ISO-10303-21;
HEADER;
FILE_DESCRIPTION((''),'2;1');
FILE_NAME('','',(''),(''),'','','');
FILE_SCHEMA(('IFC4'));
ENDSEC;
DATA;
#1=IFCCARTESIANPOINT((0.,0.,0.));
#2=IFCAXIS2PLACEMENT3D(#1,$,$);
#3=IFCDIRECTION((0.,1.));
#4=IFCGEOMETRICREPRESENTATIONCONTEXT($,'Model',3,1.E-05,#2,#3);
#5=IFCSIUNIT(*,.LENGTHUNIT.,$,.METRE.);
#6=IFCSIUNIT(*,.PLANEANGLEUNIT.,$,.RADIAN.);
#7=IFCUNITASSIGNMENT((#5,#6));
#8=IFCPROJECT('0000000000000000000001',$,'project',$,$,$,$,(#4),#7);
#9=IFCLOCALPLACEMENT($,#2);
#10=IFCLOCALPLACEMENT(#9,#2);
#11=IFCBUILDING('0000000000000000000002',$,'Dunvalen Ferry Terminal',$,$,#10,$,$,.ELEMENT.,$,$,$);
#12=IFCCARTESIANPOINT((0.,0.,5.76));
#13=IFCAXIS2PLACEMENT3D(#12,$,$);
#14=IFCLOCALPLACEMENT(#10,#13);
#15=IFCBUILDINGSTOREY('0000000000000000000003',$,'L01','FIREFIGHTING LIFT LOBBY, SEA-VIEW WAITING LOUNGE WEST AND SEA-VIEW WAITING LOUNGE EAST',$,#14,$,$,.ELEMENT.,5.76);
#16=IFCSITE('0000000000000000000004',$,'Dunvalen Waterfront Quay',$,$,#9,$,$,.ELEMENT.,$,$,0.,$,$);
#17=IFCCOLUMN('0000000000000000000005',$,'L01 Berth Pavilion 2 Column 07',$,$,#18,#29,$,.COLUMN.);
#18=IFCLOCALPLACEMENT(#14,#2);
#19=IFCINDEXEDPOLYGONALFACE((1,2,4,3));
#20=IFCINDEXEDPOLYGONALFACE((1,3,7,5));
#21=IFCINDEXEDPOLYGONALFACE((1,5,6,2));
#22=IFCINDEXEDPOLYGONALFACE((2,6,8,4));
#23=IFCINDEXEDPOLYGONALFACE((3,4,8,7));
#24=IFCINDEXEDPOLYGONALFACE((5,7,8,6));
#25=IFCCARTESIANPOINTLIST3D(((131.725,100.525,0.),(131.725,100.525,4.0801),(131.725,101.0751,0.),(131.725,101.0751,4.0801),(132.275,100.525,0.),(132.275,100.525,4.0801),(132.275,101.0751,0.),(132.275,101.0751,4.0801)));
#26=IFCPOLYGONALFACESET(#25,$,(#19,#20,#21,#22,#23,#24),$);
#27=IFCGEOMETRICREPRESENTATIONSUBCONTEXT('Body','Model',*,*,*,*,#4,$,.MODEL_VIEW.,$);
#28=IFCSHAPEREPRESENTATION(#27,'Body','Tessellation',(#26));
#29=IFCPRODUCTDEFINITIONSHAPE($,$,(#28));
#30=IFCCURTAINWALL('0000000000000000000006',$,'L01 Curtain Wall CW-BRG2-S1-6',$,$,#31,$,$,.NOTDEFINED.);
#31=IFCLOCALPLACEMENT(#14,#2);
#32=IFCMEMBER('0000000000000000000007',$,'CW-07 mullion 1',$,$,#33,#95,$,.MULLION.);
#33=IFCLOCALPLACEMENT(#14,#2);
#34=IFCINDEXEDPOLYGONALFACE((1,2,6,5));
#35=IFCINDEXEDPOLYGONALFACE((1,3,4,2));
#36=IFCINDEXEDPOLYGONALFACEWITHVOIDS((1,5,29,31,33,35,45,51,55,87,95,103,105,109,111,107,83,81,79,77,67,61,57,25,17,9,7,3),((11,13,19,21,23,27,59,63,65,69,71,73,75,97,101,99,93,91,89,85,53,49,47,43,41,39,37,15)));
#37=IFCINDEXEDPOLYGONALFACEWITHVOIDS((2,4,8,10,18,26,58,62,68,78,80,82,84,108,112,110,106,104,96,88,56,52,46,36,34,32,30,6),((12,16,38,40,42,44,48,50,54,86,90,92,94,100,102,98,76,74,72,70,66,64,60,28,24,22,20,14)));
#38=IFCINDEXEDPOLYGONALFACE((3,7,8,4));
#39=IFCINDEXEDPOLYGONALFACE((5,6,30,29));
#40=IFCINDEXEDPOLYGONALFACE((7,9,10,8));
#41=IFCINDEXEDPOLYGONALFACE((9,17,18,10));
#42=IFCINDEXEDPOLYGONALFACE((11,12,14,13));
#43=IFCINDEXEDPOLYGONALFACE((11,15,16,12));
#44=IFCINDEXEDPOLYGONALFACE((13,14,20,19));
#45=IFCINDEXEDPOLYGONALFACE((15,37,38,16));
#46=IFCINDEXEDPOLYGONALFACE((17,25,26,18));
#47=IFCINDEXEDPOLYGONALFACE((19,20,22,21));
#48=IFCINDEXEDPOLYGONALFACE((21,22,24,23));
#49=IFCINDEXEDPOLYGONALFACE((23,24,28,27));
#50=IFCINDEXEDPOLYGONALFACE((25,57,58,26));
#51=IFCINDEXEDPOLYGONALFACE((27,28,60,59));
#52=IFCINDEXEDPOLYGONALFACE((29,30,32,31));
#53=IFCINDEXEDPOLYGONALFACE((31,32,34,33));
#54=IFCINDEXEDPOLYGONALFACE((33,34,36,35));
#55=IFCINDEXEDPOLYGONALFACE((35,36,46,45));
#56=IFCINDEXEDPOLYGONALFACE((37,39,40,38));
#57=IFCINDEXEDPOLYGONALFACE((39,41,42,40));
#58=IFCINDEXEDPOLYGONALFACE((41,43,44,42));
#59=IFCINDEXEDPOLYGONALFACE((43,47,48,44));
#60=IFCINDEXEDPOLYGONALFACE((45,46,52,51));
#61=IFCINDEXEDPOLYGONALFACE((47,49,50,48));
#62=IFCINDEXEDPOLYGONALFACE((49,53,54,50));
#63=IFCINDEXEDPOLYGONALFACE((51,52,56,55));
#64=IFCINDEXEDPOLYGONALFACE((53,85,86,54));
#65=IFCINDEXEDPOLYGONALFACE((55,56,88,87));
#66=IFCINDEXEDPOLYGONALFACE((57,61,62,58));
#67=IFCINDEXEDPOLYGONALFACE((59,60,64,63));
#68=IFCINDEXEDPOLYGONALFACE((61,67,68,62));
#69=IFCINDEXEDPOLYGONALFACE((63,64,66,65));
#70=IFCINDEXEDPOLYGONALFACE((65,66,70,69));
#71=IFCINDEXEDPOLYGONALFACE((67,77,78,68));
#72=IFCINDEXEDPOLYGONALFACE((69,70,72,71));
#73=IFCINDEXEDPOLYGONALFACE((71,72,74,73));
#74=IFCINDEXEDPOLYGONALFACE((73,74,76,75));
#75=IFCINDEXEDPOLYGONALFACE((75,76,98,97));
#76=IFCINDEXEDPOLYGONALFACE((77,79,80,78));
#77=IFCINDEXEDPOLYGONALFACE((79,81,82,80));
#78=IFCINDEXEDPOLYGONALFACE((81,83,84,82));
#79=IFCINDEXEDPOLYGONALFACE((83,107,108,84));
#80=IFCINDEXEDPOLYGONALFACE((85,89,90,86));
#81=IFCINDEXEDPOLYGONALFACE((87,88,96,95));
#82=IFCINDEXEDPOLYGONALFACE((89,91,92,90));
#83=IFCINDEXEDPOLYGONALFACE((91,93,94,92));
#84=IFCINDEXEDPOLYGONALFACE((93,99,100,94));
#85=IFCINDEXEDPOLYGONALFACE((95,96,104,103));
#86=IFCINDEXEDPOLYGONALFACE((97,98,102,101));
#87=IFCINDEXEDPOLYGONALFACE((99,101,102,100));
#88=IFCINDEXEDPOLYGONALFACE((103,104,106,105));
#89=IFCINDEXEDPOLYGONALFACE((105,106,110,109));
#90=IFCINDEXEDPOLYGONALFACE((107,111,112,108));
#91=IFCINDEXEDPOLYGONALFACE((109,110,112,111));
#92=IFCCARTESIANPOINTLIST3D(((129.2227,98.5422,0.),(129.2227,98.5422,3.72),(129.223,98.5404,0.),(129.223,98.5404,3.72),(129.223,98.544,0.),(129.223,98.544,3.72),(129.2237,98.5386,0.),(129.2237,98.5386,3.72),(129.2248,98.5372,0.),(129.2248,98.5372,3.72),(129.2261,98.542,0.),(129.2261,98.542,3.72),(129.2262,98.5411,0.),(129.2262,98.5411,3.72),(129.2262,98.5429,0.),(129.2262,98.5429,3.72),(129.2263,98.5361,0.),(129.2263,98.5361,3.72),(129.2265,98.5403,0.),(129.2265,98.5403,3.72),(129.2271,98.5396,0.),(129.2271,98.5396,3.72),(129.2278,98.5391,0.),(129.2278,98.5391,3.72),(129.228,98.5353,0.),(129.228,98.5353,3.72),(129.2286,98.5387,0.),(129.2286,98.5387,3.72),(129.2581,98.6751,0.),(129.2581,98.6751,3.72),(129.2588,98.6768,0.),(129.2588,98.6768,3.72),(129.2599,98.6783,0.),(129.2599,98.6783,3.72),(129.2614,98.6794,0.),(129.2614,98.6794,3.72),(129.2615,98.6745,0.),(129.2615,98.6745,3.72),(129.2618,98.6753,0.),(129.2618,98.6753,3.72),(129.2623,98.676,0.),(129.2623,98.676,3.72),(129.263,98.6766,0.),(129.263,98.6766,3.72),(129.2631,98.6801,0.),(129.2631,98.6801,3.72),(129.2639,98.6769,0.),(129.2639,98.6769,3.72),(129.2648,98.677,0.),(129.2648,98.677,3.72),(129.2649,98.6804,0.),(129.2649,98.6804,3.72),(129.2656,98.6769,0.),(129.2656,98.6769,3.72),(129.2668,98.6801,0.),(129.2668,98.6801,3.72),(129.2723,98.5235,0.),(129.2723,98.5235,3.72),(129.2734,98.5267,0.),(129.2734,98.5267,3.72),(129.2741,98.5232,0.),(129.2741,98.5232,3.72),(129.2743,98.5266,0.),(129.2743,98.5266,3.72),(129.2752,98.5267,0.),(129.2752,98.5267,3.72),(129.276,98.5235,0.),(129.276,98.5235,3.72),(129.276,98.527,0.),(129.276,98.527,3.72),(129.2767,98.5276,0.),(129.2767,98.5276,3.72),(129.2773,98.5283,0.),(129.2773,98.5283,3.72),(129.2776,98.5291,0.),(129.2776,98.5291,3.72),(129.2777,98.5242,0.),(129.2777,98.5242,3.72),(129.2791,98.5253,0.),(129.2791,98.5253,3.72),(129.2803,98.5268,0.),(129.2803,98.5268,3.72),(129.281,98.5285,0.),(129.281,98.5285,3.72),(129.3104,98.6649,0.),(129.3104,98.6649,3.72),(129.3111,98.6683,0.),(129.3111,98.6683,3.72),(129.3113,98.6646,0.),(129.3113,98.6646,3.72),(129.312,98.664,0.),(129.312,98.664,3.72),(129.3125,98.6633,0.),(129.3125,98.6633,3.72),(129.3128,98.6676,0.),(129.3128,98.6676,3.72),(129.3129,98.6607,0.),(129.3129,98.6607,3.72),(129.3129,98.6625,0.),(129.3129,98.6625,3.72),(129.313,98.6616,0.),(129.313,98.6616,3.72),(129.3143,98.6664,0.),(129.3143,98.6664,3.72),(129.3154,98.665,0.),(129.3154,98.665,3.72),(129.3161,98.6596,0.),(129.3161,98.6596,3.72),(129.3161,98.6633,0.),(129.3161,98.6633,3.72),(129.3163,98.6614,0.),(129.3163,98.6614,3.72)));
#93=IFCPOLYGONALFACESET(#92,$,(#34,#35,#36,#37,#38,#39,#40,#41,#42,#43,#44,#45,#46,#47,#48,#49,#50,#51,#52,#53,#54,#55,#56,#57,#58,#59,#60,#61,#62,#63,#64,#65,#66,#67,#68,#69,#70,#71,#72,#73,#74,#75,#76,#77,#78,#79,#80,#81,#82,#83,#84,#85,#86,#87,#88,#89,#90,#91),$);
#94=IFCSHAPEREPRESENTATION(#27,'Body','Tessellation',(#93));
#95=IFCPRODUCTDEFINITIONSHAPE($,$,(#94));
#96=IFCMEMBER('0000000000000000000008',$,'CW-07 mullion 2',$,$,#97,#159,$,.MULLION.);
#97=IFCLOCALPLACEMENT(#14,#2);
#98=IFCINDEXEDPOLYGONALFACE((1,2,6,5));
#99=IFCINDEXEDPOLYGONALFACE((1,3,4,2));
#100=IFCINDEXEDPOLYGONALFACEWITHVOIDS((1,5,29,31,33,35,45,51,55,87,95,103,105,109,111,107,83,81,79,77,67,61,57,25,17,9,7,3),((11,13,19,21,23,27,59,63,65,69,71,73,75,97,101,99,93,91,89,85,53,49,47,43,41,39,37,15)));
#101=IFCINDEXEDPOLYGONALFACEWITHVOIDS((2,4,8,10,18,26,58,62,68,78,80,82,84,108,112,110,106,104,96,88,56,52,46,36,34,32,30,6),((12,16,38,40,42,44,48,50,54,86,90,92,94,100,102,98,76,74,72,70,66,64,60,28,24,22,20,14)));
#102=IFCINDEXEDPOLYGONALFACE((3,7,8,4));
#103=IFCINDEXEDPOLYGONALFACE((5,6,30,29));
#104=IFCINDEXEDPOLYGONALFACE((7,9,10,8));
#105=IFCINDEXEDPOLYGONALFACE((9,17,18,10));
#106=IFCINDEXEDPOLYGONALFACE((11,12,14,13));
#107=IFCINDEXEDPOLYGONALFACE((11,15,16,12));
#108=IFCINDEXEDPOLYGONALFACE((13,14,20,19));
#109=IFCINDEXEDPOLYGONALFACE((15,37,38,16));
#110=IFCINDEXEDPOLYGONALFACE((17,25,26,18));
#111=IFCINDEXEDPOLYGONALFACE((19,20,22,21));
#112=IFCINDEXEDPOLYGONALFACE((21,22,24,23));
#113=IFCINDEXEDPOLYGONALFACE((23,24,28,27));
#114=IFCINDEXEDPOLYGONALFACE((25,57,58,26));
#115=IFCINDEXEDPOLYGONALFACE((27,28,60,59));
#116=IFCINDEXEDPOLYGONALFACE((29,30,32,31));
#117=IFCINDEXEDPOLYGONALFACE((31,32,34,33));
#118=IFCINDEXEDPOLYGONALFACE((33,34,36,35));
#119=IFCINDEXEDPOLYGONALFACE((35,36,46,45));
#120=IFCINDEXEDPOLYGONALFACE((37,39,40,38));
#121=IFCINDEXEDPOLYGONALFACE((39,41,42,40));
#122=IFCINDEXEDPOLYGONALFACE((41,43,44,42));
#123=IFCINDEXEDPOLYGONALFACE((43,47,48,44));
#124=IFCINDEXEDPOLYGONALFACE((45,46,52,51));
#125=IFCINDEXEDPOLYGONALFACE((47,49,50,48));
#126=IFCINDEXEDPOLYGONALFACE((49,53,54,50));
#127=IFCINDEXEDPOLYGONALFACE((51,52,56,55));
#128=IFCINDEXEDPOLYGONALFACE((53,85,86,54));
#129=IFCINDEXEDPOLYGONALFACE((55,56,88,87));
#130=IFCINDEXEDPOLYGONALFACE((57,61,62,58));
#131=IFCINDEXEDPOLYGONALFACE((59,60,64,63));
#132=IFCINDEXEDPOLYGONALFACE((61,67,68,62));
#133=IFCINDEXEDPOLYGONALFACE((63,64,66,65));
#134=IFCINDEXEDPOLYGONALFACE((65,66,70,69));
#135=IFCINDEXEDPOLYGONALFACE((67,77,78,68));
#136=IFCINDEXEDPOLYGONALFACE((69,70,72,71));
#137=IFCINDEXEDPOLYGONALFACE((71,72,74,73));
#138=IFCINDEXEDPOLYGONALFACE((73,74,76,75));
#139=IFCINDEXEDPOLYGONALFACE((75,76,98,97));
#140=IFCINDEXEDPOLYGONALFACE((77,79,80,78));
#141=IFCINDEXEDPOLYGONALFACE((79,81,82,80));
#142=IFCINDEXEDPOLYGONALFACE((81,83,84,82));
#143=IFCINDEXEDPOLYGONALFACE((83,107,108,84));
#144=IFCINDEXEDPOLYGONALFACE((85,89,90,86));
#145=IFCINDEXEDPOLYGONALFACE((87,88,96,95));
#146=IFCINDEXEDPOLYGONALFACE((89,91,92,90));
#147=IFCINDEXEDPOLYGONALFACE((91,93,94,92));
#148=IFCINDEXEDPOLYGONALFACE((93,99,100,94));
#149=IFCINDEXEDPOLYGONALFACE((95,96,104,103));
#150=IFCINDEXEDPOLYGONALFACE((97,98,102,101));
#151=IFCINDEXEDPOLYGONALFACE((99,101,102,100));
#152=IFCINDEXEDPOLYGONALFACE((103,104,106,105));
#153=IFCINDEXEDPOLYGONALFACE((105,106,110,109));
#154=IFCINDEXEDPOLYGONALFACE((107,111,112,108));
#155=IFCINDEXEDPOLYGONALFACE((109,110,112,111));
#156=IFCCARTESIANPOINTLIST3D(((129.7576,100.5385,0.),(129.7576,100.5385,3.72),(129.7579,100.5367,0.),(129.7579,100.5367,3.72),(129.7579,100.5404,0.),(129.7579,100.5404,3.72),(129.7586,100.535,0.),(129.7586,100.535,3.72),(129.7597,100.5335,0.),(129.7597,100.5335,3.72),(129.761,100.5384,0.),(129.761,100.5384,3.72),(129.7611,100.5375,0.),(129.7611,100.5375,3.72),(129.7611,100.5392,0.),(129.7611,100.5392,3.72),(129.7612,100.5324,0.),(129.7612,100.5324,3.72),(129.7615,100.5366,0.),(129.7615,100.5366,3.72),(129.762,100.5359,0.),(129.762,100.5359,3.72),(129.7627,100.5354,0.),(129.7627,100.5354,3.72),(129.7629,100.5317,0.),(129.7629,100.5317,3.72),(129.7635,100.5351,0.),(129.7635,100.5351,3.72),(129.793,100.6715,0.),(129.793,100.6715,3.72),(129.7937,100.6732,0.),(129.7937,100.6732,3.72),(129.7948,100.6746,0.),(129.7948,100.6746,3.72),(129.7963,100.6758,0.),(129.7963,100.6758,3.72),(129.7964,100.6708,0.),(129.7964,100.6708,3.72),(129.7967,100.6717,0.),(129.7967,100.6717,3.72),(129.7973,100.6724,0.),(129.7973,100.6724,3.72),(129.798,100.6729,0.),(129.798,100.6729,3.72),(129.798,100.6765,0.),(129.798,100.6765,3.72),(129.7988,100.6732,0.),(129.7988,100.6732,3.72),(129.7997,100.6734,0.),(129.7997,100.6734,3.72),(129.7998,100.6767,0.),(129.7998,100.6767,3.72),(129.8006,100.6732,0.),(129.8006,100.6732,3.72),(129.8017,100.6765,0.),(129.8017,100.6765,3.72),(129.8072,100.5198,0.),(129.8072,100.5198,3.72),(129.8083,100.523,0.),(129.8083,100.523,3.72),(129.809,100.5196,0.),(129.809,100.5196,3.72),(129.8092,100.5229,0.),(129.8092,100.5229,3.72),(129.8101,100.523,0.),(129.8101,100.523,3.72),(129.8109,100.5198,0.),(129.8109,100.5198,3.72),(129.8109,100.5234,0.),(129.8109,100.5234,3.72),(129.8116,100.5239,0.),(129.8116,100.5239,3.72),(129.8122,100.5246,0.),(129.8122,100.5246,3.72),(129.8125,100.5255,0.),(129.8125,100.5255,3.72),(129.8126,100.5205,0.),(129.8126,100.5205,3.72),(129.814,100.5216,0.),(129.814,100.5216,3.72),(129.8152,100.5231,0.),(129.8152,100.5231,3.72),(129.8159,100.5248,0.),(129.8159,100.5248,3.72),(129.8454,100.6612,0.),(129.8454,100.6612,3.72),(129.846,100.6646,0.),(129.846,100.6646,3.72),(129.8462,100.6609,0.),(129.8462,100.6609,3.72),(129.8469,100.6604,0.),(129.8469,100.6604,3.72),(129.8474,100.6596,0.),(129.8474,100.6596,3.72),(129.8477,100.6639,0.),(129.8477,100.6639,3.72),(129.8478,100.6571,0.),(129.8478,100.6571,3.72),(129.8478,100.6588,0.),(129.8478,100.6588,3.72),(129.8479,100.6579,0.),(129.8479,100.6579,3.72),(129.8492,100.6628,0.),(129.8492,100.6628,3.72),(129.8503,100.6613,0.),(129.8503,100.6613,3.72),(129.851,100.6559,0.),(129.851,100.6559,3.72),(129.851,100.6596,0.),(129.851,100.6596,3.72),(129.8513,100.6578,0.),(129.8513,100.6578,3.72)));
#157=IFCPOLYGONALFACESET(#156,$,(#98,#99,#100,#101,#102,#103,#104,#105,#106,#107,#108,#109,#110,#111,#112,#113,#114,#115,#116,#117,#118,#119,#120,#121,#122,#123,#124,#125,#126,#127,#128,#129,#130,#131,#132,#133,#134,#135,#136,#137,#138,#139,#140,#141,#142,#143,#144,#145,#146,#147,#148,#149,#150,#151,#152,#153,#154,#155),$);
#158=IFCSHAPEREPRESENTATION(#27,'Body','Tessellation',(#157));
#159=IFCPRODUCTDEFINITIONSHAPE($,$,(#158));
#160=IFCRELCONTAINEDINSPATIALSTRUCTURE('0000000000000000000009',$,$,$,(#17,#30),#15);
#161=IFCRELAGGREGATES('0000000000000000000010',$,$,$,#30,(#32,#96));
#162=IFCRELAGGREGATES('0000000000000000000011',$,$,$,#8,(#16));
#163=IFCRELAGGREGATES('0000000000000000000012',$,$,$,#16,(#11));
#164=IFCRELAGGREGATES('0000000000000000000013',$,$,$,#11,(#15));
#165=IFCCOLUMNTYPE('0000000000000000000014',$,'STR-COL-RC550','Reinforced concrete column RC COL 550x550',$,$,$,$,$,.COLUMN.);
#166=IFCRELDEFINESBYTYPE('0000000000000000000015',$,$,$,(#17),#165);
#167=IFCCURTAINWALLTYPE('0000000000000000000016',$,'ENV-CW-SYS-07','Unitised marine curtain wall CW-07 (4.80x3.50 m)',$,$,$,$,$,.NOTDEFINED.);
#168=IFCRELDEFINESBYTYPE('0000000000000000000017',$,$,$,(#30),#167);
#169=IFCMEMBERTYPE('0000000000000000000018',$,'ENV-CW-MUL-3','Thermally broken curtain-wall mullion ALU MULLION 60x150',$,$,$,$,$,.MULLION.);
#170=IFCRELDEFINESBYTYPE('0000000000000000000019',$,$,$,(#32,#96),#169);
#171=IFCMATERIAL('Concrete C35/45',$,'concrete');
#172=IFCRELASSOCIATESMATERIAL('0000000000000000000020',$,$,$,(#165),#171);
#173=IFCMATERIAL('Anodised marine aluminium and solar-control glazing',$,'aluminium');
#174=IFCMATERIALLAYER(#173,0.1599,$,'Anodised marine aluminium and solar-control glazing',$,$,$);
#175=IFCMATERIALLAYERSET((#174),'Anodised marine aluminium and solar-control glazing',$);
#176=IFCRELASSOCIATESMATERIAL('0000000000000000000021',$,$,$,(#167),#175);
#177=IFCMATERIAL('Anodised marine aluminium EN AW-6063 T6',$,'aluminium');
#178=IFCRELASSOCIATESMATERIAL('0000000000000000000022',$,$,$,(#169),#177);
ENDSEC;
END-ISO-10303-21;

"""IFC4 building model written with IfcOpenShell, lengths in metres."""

from ifc_helpers import new_model, si_unit, direction, frame, origin, origin_2d, place, context, subcontext, project, spatial, rectangle, hollow_rectangle, extrude, material, layer, layer_set, material_profile, profile_set, type_object, element, aggregate, save


model = new_model("IFC4")

# Units and contexts
model_context = context("Model", 3, precision=1e-05, world=origin(), true_north=direction((0.0, 1.0)))
body_context = subcontext(model_context, "Body", "Model", "MODEL_VIEW")
ifc_project = project(units=[si_unit("LENGTHUNIT", "METRE"), si_unit("PLANEANGLEUNIT", "RADIAN")], contexts=[model_context])

# Site, building, storey
site_placement = place(None, origin())
site = spatial("IfcSite", under=ifc_project, at=site_placement, Name="Dunvalen Waterfront Quay", CompositionType="ELEMENT", RefElevation=0.0)
building_placement = place(site_placement, origin())
building = spatial("IfcBuilding", under=site, at=building_placement, Name="Dunvalen Ferry Terminal", CompositionType="ELEMENT")
storey_placement = place(building_placement, frame((0.0, 0.0, 5.76)))
storey = spatial("IfcBuildingStorey", under=building, at=storey_placement, Name="L01", Description="FIREFIGHTING LIFT LOBBY, SEA-VIEW WAITING LOUNGE WEST AND SEA-VIEW WAITING LOUNGE EAST", CompositionType="ELEMENT", Elevation=5.76)

# Column
ifc_material_1 = material(Name="Concrete C35/45", Category="concrete")
ifc_material_profile_1 = material_profile(ifc_material_1, rectangle(XDim=0.55, YDim=0.55, at=origin_2d()), Name="Concrete C35/45")
ifc_profile_set_1 = profile_set([ifc_material_profile_1], Name="Concrete C35/45")
column_type = type_object("IfcColumnType", Name="STR-COL-RC550", Description="Reinforced concrete column RC COL 550x550", PredefinedType="COLUMN", material=ifc_profile_set_1)
column_placement = place(storey_placement, frame((132.0, 100.8, 0.0), z_axis=(0.0, 0.0, 1.0), x_axis=(1.0, 0.0, 0.0)))
element("IfcColumn", 1, at=column_placement, inside=storey, type_object=column_type, Name="L01 Berth Pavilion 2 Column 07", PredefinedType="COLUMN", context=body_context, shape_type="SweptSolid", body=[
    extrude(rectangle(XDim=0.55, YDim=0.55, at=origin_2d()), origin(), (0.0, 0.0, 1.0), 4.0801),
])

# Curtain wall, members
ifc_material_2 = material(Name="Anodised marine aluminium and solar-control glazing", Category="aluminium")
ifc_layer_1 = layer(ifc_material_2, 0.1599, Name="Anodised marine aluminium and solar-control glazing")
ifc_layer_set_1 = layer_set([ifc_layer_1], Name="Anodised marine aluminium and solar-control glazing")
curtain_wall_type = type_object("IfcCurtainWallType", Name="ENV-CW-SYS-07", Description="Unitised marine curtain wall CW-07 (4.80x3.50 m)", PredefinedType="NOTDEFINED", material=ifc_layer_set_1)
curtain_wall_1_placement = place(storey_placement, origin())
curtain_wall_1 = element("IfcCurtainWall", 2, at=curtain_wall_1_placement, inside=storey, type_object=curtain_wall_type, Name="L01 Curtain Wall CW-BRG2-S1-6", PredefinedType="NOTDEFINED")
ifc_material_3 = material(Name="Anodised marine aluminium EN AW-6063 T6", Category="aluminium")
ifc_material_profile_2 = material_profile(ifc_material_3, hollow_rectangle(XDim=0.0601, YDim=0.1499, WallThickness=0.0034, InnerFilletRadius=0.0034, OuterFilletRadius=0.0071, at=origin_2d()), Name="Anodised marine aluminium EN AW-6063 T6")
ifc_profile_set_2 = profile_set([ifc_material_profile_2], Name="Anodised marine aluminium EN AW-6063 T6")
member_type_1 = type_object("IfcMemberType", Name="ENV-CW-MUL-3", Description="Thermally broken curtain-wall mullion ALU MULLION 60x150", PredefinedType="MULLION", material=ifc_profile_set_2)
member_1_placement = place(storey_placement, frame((129.2695, 98.6018, 0.0), z_axis=(0.0, 0.0, 1.0), x_axis=(-0.965923, 0.25883, 0.0)))
member_1 = element("IfcMember", 3, at=member_1_placement, type_object=member_type_1, Name="CW-07 mullion 1", PredefinedType="MULLION", context=body_context, shape_type="SweptSolid", body=[
    extrude(hollow_rectangle(XDim=0.0601, YDim=0.1499, WallThickness=0.0034, InnerFilletRadius=0.0034, OuterFilletRadius=0.0071, at=origin_2d()), origin(), (0.0, 0.0, 1.0), 3.72),
])
member_2_placement = place(storey_placement, frame((129.8044, 100.5981, 0.0), z_axis=(0.0, 0.0, 1.0), x_axis=(-0.965923, 0.25883, 0.0)))
member_2 = element("IfcMember", 4, at=member_2_placement, type_object=member_type_1, Name="CW-07 mullion 2", PredefinedType="MULLION", context=body_context, shape_type="SweptSolid", body=[
    extrude(hollow_rectangle(XDim=0.0601, YDim=0.1499, WallThickness=0.0034, InnerFilletRadius=0.0034, OuterFilletRadius=0.0071, at=origin_2d()), origin(), (0.0, 0.0, 1.0), 3.72),
])

aggregate(curtain_wall_1, [member_1, member_2])

save(model, "model.ifc")
